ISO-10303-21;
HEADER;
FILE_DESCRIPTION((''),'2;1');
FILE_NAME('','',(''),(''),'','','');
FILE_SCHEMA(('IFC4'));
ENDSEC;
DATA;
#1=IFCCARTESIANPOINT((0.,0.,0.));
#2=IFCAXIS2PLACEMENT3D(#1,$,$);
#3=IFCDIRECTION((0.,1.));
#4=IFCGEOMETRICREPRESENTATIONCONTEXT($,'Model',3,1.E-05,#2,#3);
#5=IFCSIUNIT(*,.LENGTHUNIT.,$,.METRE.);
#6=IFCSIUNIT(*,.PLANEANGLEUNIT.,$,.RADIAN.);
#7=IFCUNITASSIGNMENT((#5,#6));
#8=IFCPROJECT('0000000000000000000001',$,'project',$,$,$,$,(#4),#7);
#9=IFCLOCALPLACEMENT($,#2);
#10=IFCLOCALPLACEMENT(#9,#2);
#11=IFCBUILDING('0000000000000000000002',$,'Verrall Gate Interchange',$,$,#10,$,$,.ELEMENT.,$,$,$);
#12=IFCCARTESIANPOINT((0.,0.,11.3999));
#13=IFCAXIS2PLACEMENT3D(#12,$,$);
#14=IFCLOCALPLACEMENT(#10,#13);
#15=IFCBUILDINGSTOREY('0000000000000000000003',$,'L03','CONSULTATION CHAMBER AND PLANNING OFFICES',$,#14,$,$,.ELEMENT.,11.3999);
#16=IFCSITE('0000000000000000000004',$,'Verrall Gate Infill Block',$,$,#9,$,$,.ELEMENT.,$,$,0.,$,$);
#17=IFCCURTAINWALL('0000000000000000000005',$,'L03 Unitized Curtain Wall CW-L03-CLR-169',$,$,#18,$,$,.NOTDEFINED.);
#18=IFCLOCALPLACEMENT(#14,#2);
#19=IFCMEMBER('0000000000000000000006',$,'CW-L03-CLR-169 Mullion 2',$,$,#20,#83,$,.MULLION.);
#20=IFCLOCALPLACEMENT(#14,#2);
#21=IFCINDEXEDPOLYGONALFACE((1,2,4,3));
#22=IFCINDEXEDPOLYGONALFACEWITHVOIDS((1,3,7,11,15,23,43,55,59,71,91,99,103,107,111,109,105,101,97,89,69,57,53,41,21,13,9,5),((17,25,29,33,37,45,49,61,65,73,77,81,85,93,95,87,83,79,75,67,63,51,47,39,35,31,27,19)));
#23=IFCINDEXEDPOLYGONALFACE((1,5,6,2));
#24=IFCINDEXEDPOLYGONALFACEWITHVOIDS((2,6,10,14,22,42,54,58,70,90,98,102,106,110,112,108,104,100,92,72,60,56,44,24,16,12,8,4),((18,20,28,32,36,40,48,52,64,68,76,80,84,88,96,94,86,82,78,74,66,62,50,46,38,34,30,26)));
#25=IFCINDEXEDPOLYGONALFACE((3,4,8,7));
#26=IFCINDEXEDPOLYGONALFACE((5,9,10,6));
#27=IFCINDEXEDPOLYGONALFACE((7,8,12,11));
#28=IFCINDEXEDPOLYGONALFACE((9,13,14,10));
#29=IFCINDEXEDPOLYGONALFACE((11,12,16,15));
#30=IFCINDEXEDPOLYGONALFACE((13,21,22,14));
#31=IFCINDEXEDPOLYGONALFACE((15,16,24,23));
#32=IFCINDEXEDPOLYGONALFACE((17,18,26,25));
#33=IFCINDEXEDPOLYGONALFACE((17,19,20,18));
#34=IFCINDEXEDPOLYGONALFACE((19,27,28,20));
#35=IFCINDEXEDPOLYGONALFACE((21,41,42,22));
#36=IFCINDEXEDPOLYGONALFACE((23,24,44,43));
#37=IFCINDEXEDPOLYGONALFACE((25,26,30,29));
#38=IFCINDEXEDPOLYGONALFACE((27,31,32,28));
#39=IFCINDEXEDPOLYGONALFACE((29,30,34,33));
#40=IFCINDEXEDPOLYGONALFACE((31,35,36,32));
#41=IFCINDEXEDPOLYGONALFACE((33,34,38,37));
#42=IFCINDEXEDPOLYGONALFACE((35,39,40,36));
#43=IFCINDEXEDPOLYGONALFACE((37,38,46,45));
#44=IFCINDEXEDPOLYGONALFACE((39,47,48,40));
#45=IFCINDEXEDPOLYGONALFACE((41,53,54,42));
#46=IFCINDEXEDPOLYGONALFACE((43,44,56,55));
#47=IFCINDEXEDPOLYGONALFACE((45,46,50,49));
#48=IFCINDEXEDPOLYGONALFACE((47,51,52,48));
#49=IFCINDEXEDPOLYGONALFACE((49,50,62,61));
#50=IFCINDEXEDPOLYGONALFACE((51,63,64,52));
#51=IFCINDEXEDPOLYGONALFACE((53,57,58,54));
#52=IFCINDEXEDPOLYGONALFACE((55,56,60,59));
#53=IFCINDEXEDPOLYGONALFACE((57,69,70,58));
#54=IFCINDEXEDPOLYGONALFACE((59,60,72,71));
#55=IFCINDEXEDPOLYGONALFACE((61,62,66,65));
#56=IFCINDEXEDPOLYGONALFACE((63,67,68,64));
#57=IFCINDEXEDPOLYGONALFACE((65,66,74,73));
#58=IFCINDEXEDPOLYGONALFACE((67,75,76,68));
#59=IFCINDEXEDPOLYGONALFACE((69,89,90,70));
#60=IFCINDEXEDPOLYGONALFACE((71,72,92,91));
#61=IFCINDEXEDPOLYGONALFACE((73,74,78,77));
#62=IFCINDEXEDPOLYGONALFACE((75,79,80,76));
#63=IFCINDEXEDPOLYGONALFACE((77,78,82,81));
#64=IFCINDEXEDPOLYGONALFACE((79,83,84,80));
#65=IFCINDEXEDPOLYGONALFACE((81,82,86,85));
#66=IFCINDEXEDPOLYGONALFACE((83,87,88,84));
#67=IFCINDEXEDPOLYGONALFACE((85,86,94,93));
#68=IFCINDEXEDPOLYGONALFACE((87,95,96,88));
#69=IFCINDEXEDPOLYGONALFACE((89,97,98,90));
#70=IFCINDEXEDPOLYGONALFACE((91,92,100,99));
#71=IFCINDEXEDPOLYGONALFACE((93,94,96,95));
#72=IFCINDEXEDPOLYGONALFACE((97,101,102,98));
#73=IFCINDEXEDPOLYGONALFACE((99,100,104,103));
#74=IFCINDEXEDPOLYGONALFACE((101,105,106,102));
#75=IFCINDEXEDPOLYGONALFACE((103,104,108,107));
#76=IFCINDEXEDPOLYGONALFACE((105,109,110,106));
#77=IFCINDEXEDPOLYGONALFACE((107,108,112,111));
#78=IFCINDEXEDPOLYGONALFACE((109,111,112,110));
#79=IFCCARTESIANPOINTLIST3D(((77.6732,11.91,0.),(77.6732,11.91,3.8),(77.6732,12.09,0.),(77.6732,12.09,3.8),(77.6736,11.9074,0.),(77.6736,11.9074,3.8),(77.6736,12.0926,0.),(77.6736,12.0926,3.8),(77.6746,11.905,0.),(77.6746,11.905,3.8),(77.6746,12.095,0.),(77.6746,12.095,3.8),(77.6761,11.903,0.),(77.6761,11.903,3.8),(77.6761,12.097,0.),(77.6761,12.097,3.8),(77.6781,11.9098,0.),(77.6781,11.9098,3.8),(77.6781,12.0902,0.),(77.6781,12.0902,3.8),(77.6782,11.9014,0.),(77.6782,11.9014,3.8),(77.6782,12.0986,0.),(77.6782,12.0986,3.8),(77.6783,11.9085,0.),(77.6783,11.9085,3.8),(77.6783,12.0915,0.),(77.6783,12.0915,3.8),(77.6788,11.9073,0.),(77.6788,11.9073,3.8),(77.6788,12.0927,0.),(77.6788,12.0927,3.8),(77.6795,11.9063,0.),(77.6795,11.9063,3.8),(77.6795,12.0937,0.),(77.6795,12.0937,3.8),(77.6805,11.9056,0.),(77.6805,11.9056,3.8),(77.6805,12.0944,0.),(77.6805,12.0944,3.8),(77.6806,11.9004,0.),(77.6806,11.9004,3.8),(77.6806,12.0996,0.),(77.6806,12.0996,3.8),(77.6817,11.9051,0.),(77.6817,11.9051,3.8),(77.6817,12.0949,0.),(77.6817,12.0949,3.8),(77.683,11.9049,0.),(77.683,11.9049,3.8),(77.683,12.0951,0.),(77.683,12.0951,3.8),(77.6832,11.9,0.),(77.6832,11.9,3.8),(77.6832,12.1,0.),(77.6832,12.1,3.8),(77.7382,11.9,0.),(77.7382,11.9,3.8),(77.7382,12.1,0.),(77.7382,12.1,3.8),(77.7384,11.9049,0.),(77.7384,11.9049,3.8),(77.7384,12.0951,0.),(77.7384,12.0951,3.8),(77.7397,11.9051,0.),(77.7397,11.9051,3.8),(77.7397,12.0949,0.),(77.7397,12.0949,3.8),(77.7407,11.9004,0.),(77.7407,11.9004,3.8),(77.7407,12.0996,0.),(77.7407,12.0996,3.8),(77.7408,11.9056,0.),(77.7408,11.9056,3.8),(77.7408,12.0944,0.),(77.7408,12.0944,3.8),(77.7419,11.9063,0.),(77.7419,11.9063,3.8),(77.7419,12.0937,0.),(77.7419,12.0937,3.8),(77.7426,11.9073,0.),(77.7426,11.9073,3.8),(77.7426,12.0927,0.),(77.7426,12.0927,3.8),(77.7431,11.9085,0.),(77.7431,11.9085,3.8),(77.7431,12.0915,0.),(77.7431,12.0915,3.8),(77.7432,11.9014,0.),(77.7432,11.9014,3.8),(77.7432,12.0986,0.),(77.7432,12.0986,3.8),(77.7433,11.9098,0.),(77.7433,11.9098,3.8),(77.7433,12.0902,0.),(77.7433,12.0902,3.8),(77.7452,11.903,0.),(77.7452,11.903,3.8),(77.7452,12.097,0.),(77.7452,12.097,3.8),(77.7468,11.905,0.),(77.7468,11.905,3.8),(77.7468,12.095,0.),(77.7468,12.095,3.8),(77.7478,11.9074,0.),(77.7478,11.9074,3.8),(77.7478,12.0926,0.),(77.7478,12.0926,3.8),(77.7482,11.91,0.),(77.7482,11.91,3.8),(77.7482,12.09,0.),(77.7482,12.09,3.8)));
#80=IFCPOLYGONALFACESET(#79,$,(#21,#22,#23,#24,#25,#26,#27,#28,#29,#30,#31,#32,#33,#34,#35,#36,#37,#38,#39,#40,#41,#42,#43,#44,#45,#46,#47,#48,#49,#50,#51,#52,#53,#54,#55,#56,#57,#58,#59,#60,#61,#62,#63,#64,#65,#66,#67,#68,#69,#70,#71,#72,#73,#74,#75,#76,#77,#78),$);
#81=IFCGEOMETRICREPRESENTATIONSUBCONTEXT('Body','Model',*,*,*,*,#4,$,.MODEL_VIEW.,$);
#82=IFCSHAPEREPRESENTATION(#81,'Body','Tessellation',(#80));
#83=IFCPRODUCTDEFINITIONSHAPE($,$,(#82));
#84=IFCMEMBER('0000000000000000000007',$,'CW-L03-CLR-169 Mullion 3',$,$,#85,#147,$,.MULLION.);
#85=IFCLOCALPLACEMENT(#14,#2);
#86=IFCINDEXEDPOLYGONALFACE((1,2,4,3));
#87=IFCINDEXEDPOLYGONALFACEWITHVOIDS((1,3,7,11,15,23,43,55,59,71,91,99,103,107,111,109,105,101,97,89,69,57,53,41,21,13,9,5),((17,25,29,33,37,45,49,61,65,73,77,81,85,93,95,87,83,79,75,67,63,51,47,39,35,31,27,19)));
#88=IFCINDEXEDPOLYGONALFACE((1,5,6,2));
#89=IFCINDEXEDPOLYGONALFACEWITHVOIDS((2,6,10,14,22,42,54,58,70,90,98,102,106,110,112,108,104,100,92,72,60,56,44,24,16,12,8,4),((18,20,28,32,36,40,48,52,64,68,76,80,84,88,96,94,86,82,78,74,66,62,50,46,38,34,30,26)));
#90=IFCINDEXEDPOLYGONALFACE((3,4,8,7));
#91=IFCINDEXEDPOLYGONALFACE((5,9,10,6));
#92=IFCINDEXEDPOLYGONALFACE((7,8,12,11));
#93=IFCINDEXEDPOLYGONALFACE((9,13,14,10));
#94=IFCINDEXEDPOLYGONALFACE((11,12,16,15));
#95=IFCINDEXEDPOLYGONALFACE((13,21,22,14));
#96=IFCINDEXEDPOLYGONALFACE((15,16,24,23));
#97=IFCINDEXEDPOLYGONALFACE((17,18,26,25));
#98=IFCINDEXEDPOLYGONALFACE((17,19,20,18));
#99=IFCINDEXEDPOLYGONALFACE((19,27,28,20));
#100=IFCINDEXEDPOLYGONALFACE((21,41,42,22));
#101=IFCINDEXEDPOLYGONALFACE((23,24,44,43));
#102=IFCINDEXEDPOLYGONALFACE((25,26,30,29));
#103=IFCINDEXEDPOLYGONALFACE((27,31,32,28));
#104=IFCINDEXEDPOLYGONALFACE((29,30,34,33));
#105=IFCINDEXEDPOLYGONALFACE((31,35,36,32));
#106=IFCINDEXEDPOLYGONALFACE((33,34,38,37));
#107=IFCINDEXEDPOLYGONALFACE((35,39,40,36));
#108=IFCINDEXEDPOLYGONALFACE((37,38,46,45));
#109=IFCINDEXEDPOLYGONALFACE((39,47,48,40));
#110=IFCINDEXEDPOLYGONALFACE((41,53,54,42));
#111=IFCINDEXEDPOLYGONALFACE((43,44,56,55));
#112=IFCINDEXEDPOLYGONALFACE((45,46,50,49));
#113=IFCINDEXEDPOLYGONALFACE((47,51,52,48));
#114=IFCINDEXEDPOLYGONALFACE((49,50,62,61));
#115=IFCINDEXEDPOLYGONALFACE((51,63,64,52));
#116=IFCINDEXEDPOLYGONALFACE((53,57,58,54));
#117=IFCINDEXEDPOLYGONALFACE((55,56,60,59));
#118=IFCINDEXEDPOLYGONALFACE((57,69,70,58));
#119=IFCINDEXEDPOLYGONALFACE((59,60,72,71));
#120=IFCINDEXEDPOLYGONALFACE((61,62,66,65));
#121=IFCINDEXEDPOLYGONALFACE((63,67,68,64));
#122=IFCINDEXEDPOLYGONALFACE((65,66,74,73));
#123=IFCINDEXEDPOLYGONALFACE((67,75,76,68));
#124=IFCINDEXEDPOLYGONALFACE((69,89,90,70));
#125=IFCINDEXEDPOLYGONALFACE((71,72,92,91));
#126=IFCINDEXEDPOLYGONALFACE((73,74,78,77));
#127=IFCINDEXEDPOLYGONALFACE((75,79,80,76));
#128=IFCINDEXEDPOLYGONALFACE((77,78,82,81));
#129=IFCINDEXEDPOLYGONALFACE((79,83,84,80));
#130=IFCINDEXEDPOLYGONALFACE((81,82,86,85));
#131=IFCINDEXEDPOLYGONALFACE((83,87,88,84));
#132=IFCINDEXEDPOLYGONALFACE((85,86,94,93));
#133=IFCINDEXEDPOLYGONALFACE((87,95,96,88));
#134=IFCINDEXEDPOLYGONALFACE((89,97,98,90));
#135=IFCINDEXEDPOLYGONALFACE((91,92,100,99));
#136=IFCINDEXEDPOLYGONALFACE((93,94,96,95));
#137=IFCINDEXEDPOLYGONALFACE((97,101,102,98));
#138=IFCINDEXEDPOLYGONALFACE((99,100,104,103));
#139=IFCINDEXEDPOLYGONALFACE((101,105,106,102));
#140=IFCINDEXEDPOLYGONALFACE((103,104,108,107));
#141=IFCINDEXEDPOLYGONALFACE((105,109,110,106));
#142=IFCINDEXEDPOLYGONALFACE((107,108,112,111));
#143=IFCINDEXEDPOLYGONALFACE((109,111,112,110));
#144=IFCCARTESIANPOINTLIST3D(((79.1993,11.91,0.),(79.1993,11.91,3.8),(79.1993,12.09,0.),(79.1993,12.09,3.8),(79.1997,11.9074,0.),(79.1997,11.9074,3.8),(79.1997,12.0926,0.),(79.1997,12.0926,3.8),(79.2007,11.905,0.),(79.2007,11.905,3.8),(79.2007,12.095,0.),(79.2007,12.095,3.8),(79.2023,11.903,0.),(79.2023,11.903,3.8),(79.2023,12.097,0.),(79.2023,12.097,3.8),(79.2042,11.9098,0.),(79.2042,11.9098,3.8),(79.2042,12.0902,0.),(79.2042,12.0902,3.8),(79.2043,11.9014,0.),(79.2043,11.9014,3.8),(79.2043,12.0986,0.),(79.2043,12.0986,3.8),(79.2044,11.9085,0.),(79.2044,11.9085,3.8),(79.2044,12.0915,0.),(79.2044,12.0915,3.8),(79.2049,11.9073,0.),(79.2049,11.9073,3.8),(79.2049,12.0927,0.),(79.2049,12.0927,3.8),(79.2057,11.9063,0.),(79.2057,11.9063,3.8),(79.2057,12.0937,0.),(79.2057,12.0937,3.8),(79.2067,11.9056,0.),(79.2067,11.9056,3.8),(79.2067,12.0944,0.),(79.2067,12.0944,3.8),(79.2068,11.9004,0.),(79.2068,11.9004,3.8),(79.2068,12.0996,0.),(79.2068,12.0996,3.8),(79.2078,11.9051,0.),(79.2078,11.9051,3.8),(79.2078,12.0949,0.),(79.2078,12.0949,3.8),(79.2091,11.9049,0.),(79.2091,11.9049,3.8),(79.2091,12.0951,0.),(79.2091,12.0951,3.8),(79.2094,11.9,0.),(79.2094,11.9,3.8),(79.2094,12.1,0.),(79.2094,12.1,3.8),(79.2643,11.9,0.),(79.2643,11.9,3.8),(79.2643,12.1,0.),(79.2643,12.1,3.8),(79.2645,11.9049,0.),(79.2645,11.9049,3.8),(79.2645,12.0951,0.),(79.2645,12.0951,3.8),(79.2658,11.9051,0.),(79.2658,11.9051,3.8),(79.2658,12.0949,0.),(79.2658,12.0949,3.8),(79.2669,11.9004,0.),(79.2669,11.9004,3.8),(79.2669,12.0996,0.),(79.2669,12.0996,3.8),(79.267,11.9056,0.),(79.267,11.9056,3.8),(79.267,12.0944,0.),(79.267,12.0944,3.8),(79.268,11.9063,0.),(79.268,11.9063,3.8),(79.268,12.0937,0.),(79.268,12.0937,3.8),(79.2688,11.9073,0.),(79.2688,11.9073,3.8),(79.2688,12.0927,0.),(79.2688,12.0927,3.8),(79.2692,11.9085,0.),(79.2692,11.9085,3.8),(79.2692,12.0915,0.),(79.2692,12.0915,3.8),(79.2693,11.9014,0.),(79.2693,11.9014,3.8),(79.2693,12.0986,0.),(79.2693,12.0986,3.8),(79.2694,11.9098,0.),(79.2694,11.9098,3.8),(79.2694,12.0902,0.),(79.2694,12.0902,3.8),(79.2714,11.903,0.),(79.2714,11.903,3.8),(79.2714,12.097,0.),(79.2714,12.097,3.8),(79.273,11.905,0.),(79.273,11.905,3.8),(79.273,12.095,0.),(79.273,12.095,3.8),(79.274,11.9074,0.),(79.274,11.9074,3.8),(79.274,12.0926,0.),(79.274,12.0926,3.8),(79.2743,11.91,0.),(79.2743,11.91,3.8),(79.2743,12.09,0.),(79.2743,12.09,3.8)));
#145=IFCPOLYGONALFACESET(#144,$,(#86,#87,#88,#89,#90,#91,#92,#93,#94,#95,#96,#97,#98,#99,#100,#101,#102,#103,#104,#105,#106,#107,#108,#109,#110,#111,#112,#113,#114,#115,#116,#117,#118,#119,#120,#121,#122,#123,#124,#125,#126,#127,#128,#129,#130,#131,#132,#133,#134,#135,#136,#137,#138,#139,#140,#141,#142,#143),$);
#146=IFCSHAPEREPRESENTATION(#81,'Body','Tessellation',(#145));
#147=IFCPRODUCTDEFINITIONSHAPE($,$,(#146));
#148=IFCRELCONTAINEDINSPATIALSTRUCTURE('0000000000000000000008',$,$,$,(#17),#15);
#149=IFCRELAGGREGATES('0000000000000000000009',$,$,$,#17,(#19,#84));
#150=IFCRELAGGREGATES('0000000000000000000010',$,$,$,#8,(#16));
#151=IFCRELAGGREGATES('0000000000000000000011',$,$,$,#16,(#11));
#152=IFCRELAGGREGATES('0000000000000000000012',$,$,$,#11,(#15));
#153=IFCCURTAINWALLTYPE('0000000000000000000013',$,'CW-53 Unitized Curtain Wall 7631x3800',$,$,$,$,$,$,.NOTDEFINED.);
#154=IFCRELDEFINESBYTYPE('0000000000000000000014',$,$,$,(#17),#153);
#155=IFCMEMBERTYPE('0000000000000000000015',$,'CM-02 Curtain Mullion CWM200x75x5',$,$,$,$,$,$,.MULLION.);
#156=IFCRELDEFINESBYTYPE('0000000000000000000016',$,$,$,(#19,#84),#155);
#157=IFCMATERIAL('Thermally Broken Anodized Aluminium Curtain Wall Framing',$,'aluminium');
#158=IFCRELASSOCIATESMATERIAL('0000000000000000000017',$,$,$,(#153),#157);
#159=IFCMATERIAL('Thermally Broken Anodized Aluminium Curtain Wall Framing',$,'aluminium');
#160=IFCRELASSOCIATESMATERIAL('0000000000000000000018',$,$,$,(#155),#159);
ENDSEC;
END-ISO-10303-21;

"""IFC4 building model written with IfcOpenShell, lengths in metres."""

from ifc_helpers import new_model, si_unit, direction, frame, origin, origin_2d, place, context, subcontext, project, spatial, hollow_rectangle, extrude, material, material_profile, profile_set, type_object, element, aggregate, save


model = new_model("IFC4")

# Units and contexts
model_context = context("Model", 3, precision=1e-05, world=origin(), true_north=direction((0.0, 1.0)))
body_context = subcontext(model_context, "Body", "Model", "MODEL_VIEW")
ifc_project = project(units=[si_unit("LENGTHUNIT", "METRE"), si_unit("PLANEANGLEUNIT", "RADIAN")], contexts=[model_context])

# Site, building, storey
site_placement = place(None, origin())
site = spatial("IfcSite", under=ifc_project, at=site_placement, Name="Verrall Gate Infill Block", CompositionType="ELEMENT", RefElevation=0.0)
building_placement = place(site_placement, origin())
building = spatial("IfcBuilding", under=site, at=building_placement, Name="Verrall Gate Interchange", CompositionType="ELEMENT")
storey_placement = place(building_placement, frame((0.0, 0.0, 11.3999)))
storey = spatial("IfcBuildingStorey", under=building, at=storey_placement, Name="L03", Description="CONSULTATION CHAMBER AND PLANNING OFFICES", CompositionType="ELEMENT", Elevation=11.3999)

# Curtain wall, members
ifc_material_1 = material(Name="Thermally Broken Anodized Aluminium Curtain Wall Framing", Category="aluminium")
curtain_wall_type = type_object("IfcCurtainWallType", Name="CW-53 Unitized Curtain Wall 7631x3800", PredefinedType="NOTDEFINED", material=ifc_material_1)
curtain_wall_placement = place(storey_placement, origin())
curtain_wall = element("IfcCurtainWall", 1, at=curtain_wall_placement, inside=storey, type_object=curtain_wall_type, Name="L03 Unitized Curtain Wall CW-L03-CLR-169", PredefinedType="NOTDEFINED")
ifc_material_2 = material(Name="Thermally Broken Anodized Aluminium Curtain Wall Framing", Category="aluminium")
ifc_material_profile_1 = material_profile(ifc_material_2, hollow_rectangle(XDim=0.075, YDim=0.2, WallThickness=0.0049, InnerFilletRadius=0.0049, OuterFilletRadius=0.01, at=origin_2d()), Name="CWM200x75x5")
ifc_profile_set_1 = profile_set([ifc_material_profile_1], Name="Thermally Broken Anodized Aluminium Curtain Wall Framing")
member_type_1 = type_object("IfcMemberType", Name="CM-02 Curtain Mullion CWM200x75x5", PredefinedType="MULLION", material=ifc_profile_set_1)
member_1_placement = place(storey_placement, frame((77.7107, 12.0, 0.0), z_axis=(0.0, 0.0, 1.0), x_axis=(1.0, 0.0, 0.0)))
member_1 = element("IfcMember", 2, at=member_1_placement, type_object=member_type_1, Name="CW-L03-CLR-169 Mullion 2", PredefinedType="MULLION", context=body_context, shape_type="SweptSolid", body=[
    extrude(hollow_rectangle(XDim=0.075, YDim=0.2, WallThickness=0.0049, InnerFilletRadius=0.0049, OuterFilletRadius=0.01, at=origin_2d()), origin(), (0.0, 0.0, 1.0), 3.8),
])
member_2_placement = place(storey_placement, frame((79.2368, 12.0, 0.0), z_axis=(0.0, 0.0, 1.0), x_axis=(1.0, 0.0, 0.0)))
member_2 = element("IfcMember", 3, at=member_2_placement, type_object=member_type_1, Name="CW-L03-CLR-169 Mullion 3", PredefinedType="MULLION", context=body_context, shape_type="SweptSolid", body=[
    extrude(hollow_rectangle(XDim=0.075, YDim=0.2, WallThickness=0.0049, InnerFilletRadius=0.0049, OuterFilletRadius=0.01, at=origin_2d()), origin(), (0.0, 0.0, 1.0), 3.8),
])

aggregate(curtain_wall, [member_1, member_2])

save(model, "model.ifc")
